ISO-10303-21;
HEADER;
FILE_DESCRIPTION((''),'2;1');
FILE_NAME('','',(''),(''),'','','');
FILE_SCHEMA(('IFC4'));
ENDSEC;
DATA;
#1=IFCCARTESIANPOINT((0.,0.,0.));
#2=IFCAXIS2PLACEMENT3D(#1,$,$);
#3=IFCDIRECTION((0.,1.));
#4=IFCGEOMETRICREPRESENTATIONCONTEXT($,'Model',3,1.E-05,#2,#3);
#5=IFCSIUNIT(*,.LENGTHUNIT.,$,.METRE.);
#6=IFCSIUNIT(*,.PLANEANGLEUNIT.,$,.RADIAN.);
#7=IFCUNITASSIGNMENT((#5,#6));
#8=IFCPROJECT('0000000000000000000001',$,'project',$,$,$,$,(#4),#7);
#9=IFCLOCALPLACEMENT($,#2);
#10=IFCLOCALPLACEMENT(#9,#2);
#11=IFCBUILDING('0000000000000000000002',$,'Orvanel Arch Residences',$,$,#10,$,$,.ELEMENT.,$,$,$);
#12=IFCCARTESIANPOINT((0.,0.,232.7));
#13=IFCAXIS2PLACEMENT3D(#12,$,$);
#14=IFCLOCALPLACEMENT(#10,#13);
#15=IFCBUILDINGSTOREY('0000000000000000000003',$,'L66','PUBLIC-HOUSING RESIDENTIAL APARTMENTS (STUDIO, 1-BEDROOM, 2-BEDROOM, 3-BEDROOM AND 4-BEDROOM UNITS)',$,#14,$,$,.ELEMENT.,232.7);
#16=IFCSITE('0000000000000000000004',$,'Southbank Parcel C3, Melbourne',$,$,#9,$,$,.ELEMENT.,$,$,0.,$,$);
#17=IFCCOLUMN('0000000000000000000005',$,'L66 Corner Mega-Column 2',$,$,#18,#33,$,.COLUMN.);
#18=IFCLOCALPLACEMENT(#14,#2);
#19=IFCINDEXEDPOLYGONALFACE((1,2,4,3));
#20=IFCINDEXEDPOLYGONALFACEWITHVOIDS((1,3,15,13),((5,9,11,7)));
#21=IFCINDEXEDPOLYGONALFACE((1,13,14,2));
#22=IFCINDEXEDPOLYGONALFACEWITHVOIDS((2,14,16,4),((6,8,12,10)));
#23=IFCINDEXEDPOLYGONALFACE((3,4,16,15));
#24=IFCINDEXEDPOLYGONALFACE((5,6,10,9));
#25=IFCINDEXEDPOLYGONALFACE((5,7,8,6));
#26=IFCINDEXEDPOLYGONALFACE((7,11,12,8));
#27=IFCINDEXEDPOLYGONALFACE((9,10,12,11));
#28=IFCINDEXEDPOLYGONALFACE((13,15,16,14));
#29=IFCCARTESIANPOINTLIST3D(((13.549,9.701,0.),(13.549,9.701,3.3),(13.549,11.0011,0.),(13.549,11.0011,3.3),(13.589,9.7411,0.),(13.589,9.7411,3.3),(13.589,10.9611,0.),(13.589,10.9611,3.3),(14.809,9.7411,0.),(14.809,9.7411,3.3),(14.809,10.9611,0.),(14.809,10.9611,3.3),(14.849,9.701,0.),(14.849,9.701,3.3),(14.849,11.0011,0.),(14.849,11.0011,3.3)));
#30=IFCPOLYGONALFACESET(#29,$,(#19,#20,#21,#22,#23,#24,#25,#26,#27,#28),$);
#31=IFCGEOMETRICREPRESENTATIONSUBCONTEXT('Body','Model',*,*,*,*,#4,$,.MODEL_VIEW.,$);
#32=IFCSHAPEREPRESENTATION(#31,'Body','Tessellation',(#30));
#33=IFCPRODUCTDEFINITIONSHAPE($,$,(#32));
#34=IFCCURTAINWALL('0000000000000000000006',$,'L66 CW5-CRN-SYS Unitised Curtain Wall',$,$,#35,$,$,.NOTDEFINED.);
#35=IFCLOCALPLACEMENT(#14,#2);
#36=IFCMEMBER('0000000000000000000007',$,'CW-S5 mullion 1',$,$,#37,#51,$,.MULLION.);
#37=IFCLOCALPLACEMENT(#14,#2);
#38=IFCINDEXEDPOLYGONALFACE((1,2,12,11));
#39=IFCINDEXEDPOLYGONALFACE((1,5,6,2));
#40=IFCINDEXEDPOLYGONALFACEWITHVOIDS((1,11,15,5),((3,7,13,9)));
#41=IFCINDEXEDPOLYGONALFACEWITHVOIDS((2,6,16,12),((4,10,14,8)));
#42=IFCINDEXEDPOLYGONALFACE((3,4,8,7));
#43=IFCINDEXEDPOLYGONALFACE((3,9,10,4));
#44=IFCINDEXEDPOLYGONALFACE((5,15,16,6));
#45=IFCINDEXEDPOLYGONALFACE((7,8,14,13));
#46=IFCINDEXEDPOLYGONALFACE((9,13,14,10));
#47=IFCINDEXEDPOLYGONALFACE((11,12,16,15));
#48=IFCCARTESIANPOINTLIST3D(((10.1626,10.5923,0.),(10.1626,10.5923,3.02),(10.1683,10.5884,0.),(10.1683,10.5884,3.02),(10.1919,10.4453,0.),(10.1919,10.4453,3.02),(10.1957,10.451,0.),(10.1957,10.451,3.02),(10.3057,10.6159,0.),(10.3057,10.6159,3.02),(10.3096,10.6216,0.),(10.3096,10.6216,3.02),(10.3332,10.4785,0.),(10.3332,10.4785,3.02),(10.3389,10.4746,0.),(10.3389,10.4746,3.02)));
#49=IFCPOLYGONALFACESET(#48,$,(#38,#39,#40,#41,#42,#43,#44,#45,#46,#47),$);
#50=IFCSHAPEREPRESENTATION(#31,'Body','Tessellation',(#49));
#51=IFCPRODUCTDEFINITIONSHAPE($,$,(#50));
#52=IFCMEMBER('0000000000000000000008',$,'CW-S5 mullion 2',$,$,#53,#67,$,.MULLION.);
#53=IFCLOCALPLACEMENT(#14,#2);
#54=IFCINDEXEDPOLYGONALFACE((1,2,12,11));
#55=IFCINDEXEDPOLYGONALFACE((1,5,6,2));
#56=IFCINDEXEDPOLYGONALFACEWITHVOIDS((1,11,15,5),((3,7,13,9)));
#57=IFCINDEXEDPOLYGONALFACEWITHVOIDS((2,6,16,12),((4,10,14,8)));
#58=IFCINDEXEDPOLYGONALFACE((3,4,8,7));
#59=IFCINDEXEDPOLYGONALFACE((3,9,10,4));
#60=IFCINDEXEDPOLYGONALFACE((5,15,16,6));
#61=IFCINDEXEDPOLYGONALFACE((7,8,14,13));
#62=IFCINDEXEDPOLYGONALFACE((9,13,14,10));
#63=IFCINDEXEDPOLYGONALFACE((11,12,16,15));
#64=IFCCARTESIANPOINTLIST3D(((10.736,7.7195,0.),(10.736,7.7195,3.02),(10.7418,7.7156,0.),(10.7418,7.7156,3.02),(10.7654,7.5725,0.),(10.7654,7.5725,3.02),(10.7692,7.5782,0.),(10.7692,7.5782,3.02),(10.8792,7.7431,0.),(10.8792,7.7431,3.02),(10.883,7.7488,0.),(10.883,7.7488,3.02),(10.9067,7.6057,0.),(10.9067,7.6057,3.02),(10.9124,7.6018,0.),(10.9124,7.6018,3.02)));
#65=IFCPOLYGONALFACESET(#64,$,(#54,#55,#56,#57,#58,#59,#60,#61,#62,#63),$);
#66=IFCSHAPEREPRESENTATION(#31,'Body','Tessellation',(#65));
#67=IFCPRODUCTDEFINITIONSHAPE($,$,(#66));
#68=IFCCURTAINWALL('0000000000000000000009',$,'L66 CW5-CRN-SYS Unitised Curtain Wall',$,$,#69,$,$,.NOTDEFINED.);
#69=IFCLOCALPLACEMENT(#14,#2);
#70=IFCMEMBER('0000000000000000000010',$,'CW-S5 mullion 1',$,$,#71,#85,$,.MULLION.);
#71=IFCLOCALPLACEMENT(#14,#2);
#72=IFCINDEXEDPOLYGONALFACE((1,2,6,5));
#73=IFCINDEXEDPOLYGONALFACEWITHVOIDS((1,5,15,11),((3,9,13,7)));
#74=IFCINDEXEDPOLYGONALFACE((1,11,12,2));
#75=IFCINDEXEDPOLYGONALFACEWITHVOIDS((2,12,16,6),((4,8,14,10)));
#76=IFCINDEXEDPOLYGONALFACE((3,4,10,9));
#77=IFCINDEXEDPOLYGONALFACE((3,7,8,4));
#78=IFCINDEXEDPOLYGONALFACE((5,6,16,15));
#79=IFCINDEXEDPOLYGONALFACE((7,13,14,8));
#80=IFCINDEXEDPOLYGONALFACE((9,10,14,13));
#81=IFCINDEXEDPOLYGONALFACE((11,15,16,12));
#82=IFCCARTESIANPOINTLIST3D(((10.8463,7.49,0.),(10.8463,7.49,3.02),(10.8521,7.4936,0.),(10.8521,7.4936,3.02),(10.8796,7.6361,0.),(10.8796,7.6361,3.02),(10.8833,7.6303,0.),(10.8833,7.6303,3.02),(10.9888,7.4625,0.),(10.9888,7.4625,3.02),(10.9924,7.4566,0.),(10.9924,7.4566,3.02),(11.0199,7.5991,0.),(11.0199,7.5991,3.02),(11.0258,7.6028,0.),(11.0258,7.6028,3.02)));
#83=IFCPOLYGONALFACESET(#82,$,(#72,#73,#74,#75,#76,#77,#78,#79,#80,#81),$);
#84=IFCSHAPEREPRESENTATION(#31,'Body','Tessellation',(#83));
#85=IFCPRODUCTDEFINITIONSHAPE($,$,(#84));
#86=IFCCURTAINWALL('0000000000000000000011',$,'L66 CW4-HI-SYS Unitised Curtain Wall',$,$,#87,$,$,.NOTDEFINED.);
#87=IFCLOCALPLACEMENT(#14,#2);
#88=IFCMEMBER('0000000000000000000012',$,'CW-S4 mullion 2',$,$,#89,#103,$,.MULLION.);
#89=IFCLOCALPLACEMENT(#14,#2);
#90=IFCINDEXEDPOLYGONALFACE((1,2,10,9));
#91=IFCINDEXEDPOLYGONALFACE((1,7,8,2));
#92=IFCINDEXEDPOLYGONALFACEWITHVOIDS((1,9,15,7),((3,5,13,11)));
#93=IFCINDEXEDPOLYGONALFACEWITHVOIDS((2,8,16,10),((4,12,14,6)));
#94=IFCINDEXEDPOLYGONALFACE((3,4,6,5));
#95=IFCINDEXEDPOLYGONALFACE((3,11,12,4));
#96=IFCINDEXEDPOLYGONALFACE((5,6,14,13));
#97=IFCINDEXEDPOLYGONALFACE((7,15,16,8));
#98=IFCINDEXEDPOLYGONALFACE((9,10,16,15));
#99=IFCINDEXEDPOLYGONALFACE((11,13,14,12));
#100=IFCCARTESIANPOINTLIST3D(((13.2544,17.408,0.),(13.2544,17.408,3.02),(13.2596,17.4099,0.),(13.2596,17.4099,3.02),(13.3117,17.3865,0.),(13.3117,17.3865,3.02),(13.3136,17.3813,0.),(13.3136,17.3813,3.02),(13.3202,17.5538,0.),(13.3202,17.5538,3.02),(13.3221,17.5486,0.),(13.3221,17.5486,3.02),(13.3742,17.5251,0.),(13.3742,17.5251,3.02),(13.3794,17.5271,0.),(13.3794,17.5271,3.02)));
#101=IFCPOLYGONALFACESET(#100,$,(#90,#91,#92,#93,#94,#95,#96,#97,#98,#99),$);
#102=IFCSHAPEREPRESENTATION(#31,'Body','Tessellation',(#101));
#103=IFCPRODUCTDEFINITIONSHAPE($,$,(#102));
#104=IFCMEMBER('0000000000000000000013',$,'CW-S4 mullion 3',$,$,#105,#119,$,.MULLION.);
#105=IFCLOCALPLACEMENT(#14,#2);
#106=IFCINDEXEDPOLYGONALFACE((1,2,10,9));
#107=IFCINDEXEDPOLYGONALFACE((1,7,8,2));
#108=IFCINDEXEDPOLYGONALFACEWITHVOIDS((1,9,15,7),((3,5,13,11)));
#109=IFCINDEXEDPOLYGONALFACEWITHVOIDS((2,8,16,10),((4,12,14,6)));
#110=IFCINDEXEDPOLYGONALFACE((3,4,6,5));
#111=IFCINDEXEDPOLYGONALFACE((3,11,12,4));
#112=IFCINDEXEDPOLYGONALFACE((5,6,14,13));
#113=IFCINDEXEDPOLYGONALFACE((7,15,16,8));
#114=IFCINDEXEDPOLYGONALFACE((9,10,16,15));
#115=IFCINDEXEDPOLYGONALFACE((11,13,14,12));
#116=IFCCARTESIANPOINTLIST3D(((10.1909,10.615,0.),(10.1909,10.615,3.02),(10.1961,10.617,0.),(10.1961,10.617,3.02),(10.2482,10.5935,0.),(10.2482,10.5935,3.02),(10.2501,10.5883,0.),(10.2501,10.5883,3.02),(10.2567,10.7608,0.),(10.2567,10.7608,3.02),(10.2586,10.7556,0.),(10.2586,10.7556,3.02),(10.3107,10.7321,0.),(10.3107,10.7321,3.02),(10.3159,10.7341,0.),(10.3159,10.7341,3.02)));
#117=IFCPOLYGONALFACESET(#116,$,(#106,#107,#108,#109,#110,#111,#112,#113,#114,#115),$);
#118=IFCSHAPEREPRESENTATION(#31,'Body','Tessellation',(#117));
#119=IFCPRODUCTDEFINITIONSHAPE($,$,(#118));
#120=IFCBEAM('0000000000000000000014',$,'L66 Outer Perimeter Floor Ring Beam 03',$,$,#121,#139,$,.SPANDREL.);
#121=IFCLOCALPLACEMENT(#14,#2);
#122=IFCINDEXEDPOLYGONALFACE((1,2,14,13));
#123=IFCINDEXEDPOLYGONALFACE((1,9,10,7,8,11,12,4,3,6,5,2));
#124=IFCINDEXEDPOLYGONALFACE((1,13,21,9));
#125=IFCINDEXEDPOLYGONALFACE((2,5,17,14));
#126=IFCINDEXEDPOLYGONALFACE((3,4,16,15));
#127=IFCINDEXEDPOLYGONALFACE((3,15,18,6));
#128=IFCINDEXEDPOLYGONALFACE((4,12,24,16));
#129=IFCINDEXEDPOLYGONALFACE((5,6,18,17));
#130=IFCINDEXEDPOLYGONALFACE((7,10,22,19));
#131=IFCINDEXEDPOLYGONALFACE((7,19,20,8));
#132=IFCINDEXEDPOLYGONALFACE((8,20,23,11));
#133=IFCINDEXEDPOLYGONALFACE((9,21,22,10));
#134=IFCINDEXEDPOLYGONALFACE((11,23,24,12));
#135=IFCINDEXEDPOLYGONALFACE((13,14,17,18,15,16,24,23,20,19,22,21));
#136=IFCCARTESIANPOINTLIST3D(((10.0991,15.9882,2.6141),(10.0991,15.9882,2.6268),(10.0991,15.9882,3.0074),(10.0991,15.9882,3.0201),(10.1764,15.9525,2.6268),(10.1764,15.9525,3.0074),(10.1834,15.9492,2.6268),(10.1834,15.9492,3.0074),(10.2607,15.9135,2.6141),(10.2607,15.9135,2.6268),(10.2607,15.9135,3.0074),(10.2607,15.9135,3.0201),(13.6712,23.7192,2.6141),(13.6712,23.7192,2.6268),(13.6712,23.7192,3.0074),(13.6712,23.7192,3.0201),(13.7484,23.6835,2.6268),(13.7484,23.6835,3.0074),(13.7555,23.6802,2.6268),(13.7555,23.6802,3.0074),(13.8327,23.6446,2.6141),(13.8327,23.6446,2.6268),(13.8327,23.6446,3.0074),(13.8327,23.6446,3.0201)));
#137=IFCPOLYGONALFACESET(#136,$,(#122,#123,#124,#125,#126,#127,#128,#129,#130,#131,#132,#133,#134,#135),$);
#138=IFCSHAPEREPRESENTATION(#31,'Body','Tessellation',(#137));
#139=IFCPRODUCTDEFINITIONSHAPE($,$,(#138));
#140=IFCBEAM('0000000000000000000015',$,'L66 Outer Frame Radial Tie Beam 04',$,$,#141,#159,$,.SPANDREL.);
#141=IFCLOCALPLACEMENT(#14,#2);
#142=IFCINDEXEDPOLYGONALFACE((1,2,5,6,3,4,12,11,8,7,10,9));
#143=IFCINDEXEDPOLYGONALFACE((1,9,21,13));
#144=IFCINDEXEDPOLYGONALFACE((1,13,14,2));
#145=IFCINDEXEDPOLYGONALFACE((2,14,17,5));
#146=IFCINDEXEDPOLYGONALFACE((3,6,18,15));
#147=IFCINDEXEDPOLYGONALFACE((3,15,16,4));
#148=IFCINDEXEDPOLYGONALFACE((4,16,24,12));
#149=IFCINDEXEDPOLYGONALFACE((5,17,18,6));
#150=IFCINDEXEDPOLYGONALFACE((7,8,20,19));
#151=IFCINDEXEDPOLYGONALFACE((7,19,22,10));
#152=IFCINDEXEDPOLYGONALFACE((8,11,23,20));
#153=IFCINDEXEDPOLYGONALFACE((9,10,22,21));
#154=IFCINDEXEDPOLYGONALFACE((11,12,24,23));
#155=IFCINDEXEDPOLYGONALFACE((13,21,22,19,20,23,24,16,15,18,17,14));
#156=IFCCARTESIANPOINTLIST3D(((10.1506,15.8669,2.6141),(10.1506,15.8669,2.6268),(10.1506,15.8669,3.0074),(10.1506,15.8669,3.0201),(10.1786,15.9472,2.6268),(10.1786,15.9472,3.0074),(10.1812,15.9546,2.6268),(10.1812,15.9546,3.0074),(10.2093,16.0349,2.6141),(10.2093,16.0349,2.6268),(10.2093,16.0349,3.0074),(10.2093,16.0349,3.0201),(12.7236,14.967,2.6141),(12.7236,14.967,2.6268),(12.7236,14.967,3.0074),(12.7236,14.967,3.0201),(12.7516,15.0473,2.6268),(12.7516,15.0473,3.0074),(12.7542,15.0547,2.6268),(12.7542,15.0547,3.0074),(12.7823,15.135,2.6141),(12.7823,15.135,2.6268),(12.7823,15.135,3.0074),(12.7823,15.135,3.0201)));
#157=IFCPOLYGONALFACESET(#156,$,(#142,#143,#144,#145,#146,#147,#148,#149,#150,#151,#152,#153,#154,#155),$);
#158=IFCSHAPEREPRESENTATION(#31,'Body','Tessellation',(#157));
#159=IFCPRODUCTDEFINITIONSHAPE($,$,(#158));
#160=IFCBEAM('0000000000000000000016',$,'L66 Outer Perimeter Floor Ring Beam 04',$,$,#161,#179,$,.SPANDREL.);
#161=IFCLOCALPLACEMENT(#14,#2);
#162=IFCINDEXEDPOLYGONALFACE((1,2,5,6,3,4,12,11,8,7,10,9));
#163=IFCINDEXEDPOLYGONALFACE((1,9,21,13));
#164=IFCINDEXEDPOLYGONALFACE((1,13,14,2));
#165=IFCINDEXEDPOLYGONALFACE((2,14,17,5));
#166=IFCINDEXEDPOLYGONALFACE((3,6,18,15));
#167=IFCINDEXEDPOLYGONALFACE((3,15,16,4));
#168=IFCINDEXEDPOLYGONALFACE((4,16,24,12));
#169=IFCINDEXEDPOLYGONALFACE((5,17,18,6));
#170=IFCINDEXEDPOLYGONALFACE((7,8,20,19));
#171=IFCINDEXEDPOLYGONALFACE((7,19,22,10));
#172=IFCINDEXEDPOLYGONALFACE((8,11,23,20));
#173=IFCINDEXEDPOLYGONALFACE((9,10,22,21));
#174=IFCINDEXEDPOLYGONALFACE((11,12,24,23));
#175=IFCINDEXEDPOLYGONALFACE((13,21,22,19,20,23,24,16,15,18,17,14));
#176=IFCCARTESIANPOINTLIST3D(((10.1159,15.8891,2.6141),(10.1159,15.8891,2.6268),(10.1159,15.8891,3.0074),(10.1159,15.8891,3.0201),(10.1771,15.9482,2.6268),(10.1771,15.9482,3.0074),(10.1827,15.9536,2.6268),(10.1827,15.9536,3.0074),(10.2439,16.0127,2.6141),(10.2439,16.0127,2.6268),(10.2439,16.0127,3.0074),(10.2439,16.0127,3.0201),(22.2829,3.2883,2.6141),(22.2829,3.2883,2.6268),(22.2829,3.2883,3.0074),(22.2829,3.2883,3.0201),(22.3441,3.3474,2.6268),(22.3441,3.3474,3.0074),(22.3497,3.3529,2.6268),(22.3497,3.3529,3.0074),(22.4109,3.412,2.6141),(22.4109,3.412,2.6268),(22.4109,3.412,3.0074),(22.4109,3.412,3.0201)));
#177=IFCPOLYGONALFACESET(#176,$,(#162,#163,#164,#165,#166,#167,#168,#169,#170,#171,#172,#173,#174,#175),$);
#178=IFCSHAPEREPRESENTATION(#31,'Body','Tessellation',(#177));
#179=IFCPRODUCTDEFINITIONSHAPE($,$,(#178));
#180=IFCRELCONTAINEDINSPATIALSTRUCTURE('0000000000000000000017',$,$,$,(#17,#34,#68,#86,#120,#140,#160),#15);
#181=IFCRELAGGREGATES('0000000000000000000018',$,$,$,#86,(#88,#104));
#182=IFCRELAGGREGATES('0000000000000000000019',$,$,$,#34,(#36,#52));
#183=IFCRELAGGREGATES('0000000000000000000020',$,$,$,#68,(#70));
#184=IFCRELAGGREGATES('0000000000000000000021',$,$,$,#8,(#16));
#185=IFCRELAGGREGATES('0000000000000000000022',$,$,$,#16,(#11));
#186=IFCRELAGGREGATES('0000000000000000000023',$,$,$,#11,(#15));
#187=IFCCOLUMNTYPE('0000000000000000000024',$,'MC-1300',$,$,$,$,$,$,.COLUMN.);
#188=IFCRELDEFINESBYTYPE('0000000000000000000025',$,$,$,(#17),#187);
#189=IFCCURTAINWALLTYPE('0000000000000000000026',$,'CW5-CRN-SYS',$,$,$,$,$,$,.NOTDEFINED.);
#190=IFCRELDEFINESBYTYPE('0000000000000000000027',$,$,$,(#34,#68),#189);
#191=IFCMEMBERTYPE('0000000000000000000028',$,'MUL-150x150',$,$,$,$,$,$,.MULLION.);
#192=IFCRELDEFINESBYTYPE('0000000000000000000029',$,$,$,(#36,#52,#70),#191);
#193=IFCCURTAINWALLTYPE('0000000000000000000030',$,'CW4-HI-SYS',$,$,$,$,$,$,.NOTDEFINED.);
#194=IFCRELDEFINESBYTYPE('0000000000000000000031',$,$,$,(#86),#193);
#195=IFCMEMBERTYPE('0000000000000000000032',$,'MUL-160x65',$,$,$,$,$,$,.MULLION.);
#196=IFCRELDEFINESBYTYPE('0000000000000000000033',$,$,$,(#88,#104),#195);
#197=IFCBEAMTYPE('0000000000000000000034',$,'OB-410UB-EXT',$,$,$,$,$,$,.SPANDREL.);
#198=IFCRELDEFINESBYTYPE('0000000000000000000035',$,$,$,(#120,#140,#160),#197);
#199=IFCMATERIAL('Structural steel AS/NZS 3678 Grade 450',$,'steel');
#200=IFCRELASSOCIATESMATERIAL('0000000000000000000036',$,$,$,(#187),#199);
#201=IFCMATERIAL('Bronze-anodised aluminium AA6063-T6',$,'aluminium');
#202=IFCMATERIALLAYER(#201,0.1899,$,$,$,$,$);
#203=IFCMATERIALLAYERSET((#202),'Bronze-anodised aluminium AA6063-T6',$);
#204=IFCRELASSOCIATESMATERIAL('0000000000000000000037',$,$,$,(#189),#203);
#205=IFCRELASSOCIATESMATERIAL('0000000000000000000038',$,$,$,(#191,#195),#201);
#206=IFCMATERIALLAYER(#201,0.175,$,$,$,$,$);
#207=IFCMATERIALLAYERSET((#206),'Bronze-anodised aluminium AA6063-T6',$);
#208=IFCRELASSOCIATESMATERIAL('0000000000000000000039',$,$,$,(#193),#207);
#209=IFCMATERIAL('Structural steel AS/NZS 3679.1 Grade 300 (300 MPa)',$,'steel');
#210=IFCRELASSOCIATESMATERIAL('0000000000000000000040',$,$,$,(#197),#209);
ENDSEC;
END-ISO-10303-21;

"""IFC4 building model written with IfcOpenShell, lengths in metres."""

from ifc_helpers import new_model, si_unit, direction, frame, origin, origin_2d, place, context, subcontext, project, spatial, hollow_rectangle, i_section, extrude, material, layer, layer_set, material_profile, profile_set, type_object, element, aggregate, save


model = new_model("IFC4")

# Units and contexts
model_context = context("Model", 3, precision=1e-05, world=origin(), true_north=direction((0.0, 1.0)))
body_context = subcontext(model_context, "Body", "Model", "MODEL_VIEW")
ifc_project = project(units=[si_unit("LENGTHUNIT", "METRE"), si_unit("PLANEANGLEUNIT", "RADIAN")], contexts=[model_context])

# Site, building, storey
site_placement = place(None, origin())
site = spatial("IfcSite", under=ifc_project, at=site_placement, Name="Southbank Parcel C3, Melbourne", CompositionType="ELEMENT", RefElevation=0.0)
building_placement = place(site_placement, origin())
building = spatial("IfcBuilding", under=site, at=building_placement, Name="Orvanel Arch Residences", CompositionType="ELEMENT")
storey_placement = place(building_placement, frame((0.0, 0.0, 232.7)))
storey = spatial("IfcBuildingStorey", under=building, at=storey_placement, Name="L66", Description="PUBLIC-HOUSING RESIDENTIAL APARTMENTS (STUDIO, 1-BEDROOM, 2-BEDROOM, 3-BEDROOM AND 4-BEDROOM UNITS)", CompositionType="ELEMENT", Elevation=232.7)

# Column
ifc_material_1 = material(Name="Structural steel AS/NZS 3678 Grade 450", Category="steel")
ifc_material_profile_1 = material_profile(ifc_material_1, hollow_rectangle(XDim=1.3, YDim=1.3, WallThickness=0.04, at=origin_2d()), Name="BOX1300x1300x40")
ifc_profile_set_1 = profile_set([ifc_material_profile_1], Name="Structural steel AS/NZS 3678 Grade 450")
column_type = type_object("IfcColumnType", Name="MC-1300", PredefinedType="COLUMN", material=ifc_profile_set_1)
column_placement = place(storey_placement, frame((14.199, 10.3511, 0.0), z_axis=(0.0, 0.0, 1.0), x_axis=(1.0, 0.0, 0.0)))
element("IfcColumn", 1, at=column_placement, inside=storey, type_object=column_type, Name="L66 Corner Mega-Column 2", PredefinedType="COLUMN", context=body_context, shape_type="SweptSolid", body=[
    extrude(hollow_rectangle(XDim=1.3, YDim=1.3, WallThickness=0.04, at=origin_2d()), origin(), (0.0, 0.0, 1.0), 3.3),
])

# Curtain wall, members
ifc_material_2 = material(Name="Bronze-anodised aluminium AA6063-T6", Category="aluminium")
ifc_layer_1 = layer(ifc_material_2, 0.1899)
ifc_layer_set_1 = layer_set([ifc_layer_1], Name="Bronze-anodised aluminium AA6063-T6")
curtain_wall_type_1 = type_object("IfcCurtainWallType", Name="CW5-CRN-SYS", PredefinedType="NOTDEFINED", material=ifc_layer_set_1)
curtain_wall_1_placement = place(storey_placement, origin())
curtain_wall_1 = element("IfcCurtainWall", 2, at=curtain_wall_1_placement, inside=storey, type_object=curtain_wall_type_1, Name="L66 CW5-CRN-SYS Unitised Curtain Wall", PredefinedType="NOTDEFINED")
ifc_material_profile_2 = material_profile(ifc_material_2, hollow_rectangle(XDim=0.1499, YDim=0.1499, WallThickness=0.0049, at=origin_2d()), Name="ALU150x150x5")
ifc_profile_set_2 = profile_set([ifc_material_profile_2], Name="Bronze-anodised aluminium AA6063-T6")
member_type_1 = type_object("IfcMemberType", Name="MUL-150x150", PredefinedType="MULLION", material=ifc_profile_set_2)
member_1_placement = place(storey_placement, frame((10.2507, 10.5334, 0.0), z_axis=(0.0, 0.0, 1.0), x_axis=(0.980643, 0.195804, 0.0)))
member_1 = element("IfcMember", 3, at=member_1_placement, type_object=member_type_1, Name="CW-S5 mullion 1", PredefinedType="MULLION", context=body_context, shape_type="SweptSolid", body=[
    extrude(hollow_rectangle(XDim=0.1499, YDim=0.1499, WallThickness=0.0049, at=origin_2d()), origin(), (0.0, 0.0, 1.0), 3.02),
])
member_2_placement = place(storey_placement, frame((10.8242, 7.6606, 0.0), z_axis=(0.0, 0.0, 1.0), x_axis=(0.980643, 0.195804, 0.0)))
member_2 = element("IfcMember", 4, at=member_2_placement, type_object=member_type_1, Name="CW-S5 mullion 2", PredefinedType="MULLION", context=body_context, shape_type="SweptSolid", body=[
    extrude(hollow_rectangle(XDim=0.1499, YDim=0.1499, WallThickness=0.0049, at=origin_2d()), origin(), (0.0, 0.0, 1.0), 3.02),
])

# Curtain wall, member
curtain_wall_2_placement = place(storey_placement, origin())
curtain_wall_2 = element("IfcCurtainWall", 5, at=curtain_wall_2_placement, inside=storey, type_object=curtain_wall_type_1, Name="L66 CW5-CRN-SYS Unitised Curtain Wall", PredefinedType="NOTDEFINED")
member_3_placement = place(storey_placement, frame((10.936, 7.5464, 0.0), z_axis=(0.0, 0.0, 1.0), x_axis=(0.222302, 0.974978, 0.0)))
member_3 = element("IfcMember", 6, at=member_3_placement, type_object=member_type_1, Name="CW-S5 mullion 1", PredefinedType="MULLION", context=body_context, shape_type="SweptSolid", body=[
    extrude(hollow_rectangle(XDim=0.1499, YDim=0.1499, WallThickness=0.0049, at=origin_2d()), origin(), (0.0, 0.0, 1.0), 3.02),
])

# Curtain wall, members
ifc_layer_2 = layer(ifc_material_2, 0.175)
ifc_layer_set_2 = layer_set([ifc_layer_2], Name="Bronze-anodised aluminium AA6063-T6")
curtain_wall_type_2 = type_object("IfcCurtainWallType", Name="CW4-HI-SYS", PredefinedType="NOTDEFINED", material=ifc_layer_set_2)
curtain_wall_3_placement = place(storey_placement, origin())
curtain_wall_3 = element("IfcCurtainWall", 7, at=curtain_wall_3_placement, inside=storey, type_object=curtain_wall_type_2, Name="L66 CW4-HI-SYS Unitised Curtain Wall", PredefinedType="NOTDEFINED")
ifc_material_profile_3 = material_profile(ifc_material_2, hollow_rectangle(XDim=0.0649, YDim=0.1599, WallThickness=0.0039, at=origin_2d()), Name="ALU160x65x4")
ifc_profile_set_3 = profile_set([ifc_material_profile_3], Name="Bronze-anodised aluminium AA6063-T6")
member_type_2 = type_object("IfcMemberType", Name="MUL-160x65", PredefinedType="MULLION", material=ifc_profile_set_3)
member_4_placement = place(storey_placement, frame((13.3169, 17.4675, 0.0), z_axis=(0.0, 0.0, 1.0), x_axis=(0.911577, -0.411128, 0.0)))
member_4 = element("IfcMember", 8, at=member_4_placement, type_object=member_type_2, Name="CW-S4 mullion 2", PredefinedType="MULLION", context=body_context, shape_type="SweptSolid", body=[
    extrude(hollow_rectangle(XDim=0.0649, YDim=0.1599, WallThickness=0.0039, at=origin_2d()), origin(), (0.0, 0.0, 1.0), 3.02),
])
member_5_placement = place(storey_placement, frame((10.2534, 10.6746, 0.0), z_axis=(0.0, 0.0, 1.0), x_axis=(0.911577, -0.411128, 0.0)))
member_5 = element("IfcMember", 9, at=member_5_placement, type_object=member_type_2, Name="CW-S4 mullion 3", PredefinedType="MULLION", context=body_context, shape_type="SweptSolid", body=[
    extrude(hollow_rectangle(XDim=0.0649, YDim=0.1599, WallThickness=0.0039, at=origin_2d()), origin(), (0.0, 0.0, 1.0), 3.02),
])

# Beams
ifc_material_3 = material(Name="Structural steel AS/NZS 3679.1 Grade 300 (300 MPa)", Category="steel")
ifc_material_profile_4 = material_profile(ifc_material_3, i_section(OverallWidth=0.178, OverallDepth=0.406, WebThickness=0.0078, FlangeThickness=0.0127, at=origin_2d()), Name="410UB59.7")
ifc_profile_set_4 = profile_set([ifc_material_profile_4], Name="Structural steel AS/NZS 3679.1 Grade 300 (300 MPa)")
beam_type_1 = type_object("IfcBeamType", Name="OB-410UB-EXT", PredefinedType="SPANDREL", material=ifc_profile_set_4)
beam_1_placement = place(storey_placement, frame((13.752, 23.6819, 2.8171), z_axis=(-0.419434, -0.907786, 0.0), x_axis=(0.907786, -0.419434, 0.0)))
element("IfcBeam", 10, at=beam_1_placement, inside=storey, type_object=beam_type_1, Name="L66 Outer Perimeter Floor Ring Beam 03", PredefinedType="SPANDREL", context=body_context, shape_type="SweptSolid", body=[
    extrude(i_section(OverallWidth=0.178, OverallDepth=0.406, WebThickness=0.0078, FlangeThickness=0.0127, at=origin_2d()), origin(), (0.0, 0.0, 1.0), 8.5164),
])
beam_2_placement = place(storey_placement, frame((12.7529, 15.051, 2.8171), z_axis=(-0.943932, 0.330139, 0.0), x_axis=(-0.330139, -0.943932, 0.0)))
element("IfcBeam", 11, at=beam_2_placement, inside=storey, type_object=beam_type_1, Name="L66 Outer Frame Radial Tie Beam 04", PredefinedType="SPANDREL", context=body_context, shape_type="SweptSolid", body=[
    extrude(i_section(OverallWidth=0.178, OverallDepth=0.406, WebThickness=0.0078, FlangeThickness=0.0127, at=origin_2d()), origin(), (0.0, 0.0, 1.0), 2.7258),
])
beam_3_placement = place(storey_placement, frame((10.1799, 15.9509, 2.8171), z_axis=(0.694614, -0.719382, 0.0), x_axis=(0.719382, 0.694614, 0.0)))
element("IfcBeam", 12, at=beam_3_placement, inside=storey, type_object=beam_type_1, Name="L66 Outer Perimeter Floor Ring Beam 04", PredefinedType="SPANDREL", context=body_context, shape_type="SweptSolid", body=[
    extrude(i_section(OverallWidth=0.178, OverallDepth=0.406, WebThickness=0.0078, FlangeThickness=0.0127, at=origin_2d()), origin(), (0.0, 0.0, 1.0), 17.5161),
])

aggregate(curtain_wall_3, [member_4, member_5])
aggregate(curtain_wall_1, [member_1, member_2])
aggregate(curtain_wall_2, [member_3])

save(model, "model.ifc")
